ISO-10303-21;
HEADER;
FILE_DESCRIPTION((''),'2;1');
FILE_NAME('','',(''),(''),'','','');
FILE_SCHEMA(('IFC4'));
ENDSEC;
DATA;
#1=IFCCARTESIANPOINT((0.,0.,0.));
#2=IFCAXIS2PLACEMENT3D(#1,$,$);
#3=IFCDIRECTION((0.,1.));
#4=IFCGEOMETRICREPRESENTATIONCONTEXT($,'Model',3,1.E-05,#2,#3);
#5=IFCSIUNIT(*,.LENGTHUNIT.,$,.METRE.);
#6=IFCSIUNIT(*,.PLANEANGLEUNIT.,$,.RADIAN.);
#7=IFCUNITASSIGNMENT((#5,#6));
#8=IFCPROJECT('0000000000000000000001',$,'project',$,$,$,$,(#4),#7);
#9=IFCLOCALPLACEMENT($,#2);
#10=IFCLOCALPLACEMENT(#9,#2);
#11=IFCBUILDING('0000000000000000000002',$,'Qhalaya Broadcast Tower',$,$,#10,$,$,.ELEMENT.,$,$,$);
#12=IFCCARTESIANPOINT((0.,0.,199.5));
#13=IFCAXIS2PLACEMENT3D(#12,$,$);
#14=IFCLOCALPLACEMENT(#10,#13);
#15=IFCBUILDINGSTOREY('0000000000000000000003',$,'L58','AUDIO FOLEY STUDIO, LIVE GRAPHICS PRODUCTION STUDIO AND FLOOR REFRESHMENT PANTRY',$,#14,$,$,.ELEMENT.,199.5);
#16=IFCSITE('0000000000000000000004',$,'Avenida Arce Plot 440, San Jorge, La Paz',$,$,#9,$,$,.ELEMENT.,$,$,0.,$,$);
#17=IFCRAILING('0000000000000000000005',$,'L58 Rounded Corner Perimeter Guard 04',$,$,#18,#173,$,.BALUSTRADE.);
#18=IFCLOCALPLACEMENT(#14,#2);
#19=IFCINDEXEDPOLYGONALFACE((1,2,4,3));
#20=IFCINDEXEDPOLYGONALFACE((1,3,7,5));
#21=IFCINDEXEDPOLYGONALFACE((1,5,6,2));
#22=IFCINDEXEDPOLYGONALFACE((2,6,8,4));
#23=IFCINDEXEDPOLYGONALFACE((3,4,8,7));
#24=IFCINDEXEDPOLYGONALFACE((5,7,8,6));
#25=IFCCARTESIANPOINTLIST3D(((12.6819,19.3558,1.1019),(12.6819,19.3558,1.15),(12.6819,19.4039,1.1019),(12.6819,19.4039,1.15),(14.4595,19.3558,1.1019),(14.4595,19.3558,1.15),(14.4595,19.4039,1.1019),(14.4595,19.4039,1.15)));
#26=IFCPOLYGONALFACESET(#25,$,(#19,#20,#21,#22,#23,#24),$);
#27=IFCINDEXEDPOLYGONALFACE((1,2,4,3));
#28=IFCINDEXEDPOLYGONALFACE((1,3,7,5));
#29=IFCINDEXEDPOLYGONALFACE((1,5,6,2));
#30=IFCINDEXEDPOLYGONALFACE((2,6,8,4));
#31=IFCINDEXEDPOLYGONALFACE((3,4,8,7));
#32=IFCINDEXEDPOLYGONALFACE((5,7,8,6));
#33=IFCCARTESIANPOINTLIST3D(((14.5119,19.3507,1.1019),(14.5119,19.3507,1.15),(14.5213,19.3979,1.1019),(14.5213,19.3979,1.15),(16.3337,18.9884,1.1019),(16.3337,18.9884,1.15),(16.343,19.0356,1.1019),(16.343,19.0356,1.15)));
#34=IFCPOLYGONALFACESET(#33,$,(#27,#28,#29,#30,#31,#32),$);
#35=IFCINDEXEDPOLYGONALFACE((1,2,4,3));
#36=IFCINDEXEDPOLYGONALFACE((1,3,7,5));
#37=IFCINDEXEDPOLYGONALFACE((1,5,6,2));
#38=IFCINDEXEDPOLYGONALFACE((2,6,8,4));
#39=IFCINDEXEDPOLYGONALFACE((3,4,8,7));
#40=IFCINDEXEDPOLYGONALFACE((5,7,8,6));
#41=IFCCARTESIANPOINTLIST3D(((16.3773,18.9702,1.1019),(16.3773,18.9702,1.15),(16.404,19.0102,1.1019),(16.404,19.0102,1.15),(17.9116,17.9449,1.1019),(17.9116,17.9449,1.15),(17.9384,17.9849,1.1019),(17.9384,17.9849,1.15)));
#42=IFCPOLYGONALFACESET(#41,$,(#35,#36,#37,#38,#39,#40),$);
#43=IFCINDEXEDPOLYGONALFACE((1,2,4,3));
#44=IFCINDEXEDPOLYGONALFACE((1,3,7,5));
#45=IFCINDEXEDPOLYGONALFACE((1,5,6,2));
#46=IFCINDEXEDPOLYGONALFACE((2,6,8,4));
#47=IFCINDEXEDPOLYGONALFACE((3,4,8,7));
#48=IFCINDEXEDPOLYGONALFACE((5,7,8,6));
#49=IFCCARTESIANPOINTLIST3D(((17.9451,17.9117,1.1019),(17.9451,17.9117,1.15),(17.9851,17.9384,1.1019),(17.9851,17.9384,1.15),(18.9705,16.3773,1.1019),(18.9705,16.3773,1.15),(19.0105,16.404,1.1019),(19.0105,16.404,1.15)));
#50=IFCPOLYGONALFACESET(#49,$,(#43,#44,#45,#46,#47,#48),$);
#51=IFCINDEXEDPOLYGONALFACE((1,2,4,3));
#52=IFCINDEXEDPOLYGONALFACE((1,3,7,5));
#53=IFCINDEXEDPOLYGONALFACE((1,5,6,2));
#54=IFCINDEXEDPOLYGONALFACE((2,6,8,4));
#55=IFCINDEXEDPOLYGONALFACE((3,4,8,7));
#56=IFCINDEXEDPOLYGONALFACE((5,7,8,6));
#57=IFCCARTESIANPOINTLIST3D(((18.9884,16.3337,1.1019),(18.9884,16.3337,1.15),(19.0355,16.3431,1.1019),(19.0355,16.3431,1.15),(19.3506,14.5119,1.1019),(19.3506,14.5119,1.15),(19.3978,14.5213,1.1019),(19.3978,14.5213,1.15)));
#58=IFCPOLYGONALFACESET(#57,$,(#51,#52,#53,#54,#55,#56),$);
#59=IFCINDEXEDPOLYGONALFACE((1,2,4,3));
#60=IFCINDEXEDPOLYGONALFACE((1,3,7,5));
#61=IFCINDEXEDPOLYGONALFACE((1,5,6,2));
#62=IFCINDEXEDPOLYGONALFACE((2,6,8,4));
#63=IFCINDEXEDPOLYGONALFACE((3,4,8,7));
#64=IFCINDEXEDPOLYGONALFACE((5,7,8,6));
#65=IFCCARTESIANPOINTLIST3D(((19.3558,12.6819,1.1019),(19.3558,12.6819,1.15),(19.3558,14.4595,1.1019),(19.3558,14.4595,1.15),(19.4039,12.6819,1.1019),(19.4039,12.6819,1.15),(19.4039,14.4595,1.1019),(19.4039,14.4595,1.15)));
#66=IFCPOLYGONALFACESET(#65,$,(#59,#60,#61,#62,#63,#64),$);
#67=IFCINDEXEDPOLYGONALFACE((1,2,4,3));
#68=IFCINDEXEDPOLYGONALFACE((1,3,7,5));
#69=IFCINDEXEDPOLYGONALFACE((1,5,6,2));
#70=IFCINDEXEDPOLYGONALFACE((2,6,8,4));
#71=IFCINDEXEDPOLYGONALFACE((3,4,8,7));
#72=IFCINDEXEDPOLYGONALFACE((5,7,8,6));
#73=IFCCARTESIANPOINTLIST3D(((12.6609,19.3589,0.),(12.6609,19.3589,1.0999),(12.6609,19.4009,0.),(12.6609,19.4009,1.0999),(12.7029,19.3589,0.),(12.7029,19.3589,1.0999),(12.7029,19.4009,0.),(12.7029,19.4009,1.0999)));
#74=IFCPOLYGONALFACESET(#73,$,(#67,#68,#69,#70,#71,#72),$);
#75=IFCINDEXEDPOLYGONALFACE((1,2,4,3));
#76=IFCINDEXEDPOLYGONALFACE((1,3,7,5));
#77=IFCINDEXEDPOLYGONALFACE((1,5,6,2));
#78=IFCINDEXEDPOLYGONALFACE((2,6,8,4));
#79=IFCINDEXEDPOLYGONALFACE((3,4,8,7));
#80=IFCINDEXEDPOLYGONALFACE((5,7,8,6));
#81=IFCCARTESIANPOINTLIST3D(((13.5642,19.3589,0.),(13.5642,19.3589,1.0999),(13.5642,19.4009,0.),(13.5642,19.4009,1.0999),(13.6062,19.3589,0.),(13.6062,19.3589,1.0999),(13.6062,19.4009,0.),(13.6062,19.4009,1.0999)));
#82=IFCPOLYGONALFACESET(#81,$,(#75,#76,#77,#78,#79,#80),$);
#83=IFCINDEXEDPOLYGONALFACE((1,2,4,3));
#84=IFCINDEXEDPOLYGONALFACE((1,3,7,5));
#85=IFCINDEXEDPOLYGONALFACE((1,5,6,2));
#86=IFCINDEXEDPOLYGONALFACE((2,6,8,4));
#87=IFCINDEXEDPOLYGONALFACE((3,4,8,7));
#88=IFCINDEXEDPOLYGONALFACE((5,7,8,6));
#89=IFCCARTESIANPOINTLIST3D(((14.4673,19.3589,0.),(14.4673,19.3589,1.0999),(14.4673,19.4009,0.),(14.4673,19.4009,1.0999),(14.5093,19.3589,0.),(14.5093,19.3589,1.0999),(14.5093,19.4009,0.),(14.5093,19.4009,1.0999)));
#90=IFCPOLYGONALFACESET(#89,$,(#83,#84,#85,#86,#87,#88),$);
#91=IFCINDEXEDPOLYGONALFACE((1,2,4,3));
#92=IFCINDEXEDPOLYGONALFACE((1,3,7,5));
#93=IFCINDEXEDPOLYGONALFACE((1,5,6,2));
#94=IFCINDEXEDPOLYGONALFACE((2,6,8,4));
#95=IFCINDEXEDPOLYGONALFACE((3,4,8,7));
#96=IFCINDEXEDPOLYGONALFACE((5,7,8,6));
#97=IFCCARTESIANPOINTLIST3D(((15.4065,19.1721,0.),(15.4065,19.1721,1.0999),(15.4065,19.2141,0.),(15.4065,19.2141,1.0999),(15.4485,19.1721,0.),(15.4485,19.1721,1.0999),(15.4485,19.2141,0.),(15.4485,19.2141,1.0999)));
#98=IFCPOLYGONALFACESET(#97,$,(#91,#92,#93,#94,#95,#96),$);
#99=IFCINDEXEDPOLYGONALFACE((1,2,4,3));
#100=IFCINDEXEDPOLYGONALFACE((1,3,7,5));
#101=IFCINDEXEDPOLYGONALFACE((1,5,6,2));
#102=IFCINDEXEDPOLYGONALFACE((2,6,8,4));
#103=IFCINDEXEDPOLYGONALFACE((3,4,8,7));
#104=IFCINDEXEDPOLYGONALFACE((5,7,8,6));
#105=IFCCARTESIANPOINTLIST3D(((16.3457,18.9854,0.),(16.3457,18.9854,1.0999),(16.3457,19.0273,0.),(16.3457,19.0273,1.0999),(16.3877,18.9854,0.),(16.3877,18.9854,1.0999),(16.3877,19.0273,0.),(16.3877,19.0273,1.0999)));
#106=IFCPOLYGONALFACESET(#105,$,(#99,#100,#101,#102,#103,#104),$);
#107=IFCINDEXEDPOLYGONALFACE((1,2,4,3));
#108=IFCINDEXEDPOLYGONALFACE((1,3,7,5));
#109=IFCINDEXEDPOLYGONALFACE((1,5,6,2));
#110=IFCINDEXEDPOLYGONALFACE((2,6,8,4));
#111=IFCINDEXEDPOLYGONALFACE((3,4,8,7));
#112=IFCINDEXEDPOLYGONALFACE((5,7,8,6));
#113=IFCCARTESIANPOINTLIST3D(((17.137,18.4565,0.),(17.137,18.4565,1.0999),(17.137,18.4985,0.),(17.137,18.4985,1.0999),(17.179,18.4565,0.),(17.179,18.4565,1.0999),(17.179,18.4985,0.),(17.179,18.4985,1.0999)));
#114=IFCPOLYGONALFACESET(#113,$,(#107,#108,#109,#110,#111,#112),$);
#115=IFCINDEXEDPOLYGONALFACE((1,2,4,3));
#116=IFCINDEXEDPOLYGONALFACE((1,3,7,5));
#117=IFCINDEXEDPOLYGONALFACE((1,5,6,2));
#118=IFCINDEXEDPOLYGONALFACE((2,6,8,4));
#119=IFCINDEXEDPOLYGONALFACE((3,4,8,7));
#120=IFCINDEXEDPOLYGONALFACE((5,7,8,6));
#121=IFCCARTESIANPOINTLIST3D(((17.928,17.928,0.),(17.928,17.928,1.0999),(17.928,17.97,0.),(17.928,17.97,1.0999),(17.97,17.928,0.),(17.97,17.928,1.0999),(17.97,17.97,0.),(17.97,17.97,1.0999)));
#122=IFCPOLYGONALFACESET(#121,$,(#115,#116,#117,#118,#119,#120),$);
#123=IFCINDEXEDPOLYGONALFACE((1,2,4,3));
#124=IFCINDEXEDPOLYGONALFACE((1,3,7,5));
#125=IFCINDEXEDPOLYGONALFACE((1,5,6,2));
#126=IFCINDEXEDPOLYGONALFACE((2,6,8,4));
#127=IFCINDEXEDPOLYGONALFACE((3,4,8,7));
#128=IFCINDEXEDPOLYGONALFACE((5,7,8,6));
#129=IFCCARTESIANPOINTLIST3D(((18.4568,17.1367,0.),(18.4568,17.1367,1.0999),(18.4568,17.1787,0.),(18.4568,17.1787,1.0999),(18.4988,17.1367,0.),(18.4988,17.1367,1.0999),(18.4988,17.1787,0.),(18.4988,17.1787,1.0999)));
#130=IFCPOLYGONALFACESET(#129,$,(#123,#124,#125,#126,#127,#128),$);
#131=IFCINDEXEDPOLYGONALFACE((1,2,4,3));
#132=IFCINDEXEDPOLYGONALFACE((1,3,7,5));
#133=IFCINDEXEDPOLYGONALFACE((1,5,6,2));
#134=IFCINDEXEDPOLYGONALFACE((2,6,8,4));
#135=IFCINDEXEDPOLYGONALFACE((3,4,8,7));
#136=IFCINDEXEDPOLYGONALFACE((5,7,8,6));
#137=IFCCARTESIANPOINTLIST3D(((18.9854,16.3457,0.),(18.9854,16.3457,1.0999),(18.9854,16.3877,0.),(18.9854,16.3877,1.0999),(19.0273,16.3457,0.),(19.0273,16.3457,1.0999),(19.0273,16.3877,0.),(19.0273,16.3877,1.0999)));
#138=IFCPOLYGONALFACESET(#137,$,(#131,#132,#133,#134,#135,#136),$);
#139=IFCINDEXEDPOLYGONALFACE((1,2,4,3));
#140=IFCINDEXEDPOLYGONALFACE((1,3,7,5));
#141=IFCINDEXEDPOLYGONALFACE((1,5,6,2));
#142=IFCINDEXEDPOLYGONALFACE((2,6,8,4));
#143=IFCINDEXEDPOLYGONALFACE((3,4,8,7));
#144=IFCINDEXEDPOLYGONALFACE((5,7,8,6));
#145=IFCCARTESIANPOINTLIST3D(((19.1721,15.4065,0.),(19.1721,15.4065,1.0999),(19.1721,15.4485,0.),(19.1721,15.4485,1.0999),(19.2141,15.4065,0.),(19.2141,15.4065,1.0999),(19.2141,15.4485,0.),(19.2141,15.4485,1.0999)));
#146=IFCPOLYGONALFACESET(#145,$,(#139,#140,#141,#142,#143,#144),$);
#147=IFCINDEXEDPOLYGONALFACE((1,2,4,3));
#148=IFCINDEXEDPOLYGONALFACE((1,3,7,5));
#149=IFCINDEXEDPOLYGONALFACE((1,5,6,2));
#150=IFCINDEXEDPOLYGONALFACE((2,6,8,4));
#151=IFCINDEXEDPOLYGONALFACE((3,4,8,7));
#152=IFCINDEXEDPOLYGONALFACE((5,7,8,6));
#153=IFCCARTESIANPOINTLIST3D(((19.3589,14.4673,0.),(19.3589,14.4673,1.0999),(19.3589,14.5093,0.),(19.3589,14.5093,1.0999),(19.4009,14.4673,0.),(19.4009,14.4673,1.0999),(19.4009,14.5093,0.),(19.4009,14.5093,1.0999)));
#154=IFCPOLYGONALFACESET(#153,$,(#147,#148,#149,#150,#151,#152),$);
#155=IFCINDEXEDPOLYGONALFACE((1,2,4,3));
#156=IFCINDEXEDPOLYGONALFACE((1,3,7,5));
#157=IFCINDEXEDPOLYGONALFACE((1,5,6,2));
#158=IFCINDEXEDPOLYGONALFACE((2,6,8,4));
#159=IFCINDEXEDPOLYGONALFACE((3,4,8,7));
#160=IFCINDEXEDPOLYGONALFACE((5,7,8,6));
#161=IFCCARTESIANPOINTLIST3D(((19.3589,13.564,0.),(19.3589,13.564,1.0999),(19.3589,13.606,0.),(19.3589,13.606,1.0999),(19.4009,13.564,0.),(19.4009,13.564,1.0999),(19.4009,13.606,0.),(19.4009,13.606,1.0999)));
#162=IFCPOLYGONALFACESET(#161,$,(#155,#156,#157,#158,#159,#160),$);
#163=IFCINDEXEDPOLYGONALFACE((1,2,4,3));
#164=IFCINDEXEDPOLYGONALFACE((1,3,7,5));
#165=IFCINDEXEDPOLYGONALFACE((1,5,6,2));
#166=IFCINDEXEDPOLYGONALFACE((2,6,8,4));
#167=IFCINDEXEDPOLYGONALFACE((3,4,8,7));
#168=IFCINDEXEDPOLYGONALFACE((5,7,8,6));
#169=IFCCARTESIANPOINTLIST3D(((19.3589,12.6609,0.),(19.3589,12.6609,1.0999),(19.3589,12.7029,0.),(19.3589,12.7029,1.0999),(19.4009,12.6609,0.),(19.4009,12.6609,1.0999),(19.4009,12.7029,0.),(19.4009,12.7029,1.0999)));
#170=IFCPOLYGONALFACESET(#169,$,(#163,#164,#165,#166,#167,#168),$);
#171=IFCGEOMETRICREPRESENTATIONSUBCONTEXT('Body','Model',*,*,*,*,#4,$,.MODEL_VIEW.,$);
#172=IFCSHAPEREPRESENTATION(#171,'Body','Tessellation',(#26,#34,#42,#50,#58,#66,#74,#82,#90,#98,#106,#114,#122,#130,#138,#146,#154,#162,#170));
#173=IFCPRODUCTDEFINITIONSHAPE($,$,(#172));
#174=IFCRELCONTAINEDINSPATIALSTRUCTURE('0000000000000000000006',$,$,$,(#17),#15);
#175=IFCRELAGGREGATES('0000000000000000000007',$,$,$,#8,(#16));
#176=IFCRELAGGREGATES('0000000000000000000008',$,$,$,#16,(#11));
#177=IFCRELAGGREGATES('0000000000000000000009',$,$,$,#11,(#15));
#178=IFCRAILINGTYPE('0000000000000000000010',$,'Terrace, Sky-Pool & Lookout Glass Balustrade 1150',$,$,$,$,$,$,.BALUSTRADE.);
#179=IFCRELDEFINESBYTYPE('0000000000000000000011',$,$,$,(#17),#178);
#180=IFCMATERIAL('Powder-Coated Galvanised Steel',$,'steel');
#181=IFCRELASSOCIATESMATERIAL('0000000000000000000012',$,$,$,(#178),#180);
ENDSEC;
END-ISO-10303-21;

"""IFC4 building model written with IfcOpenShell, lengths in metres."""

from ifc_helpers import new_model, si_unit, direction, frame, origin, origin_2d, place, context, subcontext, project, spatial, rectangle, extrude, material, type_object, element, save


model = new_model("IFC4")

# Units and contexts
model_context = context("Model", 3, precision=1e-05, world=origin(), true_north=direction((0.0, 1.0)))
body_context = subcontext(model_context, "Body", "Model", "MODEL_VIEW")
ifc_project = project(units=[si_unit("LENGTHUNIT", "METRE"), si_unit("PLANEANGLEUNIT", "RADIAN")], contexts=[model_context])

# Site, building, storey
site_placement = place(None, origin())
site = spatial("IfcSite", under=ifc_project, at=site_placement, Name="Avenida Arce Plot 440, San Jorge, La Paz", CompositionType="ELEMENT", RefElevation=0.0)
building_placement = place(site_placement, origin())
building = spatial("IfcBuilding", under=site, at=building_placement, Name="Qhalaya Broadcast Tower", CompositionType="ELEMENT")
storey_placement = place(building_placement, frame((0.0, 0.0, 199.5)))
storey = spatial("IfcBuildingStorey", under=building, at=storey_placement, Name="L58", Description="AUDIO FOLEY STUDIO, LIVE GRAPHICS PRODUCTION STUDIO AND FLOOR REFRESHMENT PANTRY", CompositionType="ELEMENT", Elevation=199.5)

# Railing
ifc_material_1 = material(Name="Powder-Coated Galvanised Steel", Category="steel")
railing_type = type_object("IfcRailingType", Name="Terrace, Sky-Pool & Lookout Glass Balustrade 1150", PredefinedType="BALUSTRADE", material=ifc_material_1)
railing_placement = place(storey_placement, frame((12.6819, 19.3799, 0.0)))
element("IfcRailing", 1, at=railing_placement, inside=storey, type_object=railing_type, Name="L58 Rounded Corner Perimeter Guard 04", PredefinedType="BALUSTRADE", context=body_context, shape_type="SweptSolid", body=[
    extrude(rectangle(XDim=0.0481, YDim=0.0481, at=origin_2d()), frame((0.0, 0.0, 1.126), z_axis=(1.0, 0.0, 0.0), x_axis=(0.0, 1.0, 0.0)), (0.0, 0.0, 1.0), 1.7776),
    extrude(rectangle(XDim=0.0481, YDim=0.0481, at=origin_2d()), frame((1.8347, -0.0056, 1.126), z_axis=(0.980796, -0.195037, 0.0), x_axis=(0.195037, 0.980796, 0.0)), (0.0, 0.0, 1.0), 1.8574),
    extrude(rectangle(XDim=0.0481, YDim=0.0481, at=origin_2d()), frame((3.7087, -0.3896, 1.126), z_axis=(0.831438, -0.555618, 0.0), x_axis=(0.555618, 0.831438, 0.0)), (0.0, 0.0, 1.0), 1.8455),
    extrude(rectangle(XDim=0.0481, YDim=0.0481, at=origin_2d()), frame((5.2832, -1.4548, 1.126), z_axis=(0.555618, -0.831438, 0.0), x_axis=(0.831438, 0.555618, 0.0)), (0.0, 0.0, 1.0), 1.8455),
    extrude(rectangle(XDim=0.0481, YDim=0.0481, at=origin_2d()), frame((6.3301, -3.0415, 1.126), z_axis=(0.195037, -0.980796, 0.0), x_axis=(0.980796, 0.195037, 0.0)), (0.0, 0.0, 1.0), 1.8574),
    extrude(rectangle(XDim=0.0481, YDim=0.0481, at=origin_2d()), frame((6.698, -4.9204, 1.126), z_axis=(0.0, -1.0, 0.0), x_axis=(1.0, 0.0, 0.0)), (0.0, 0.0, 1.0), 1.7776),
    extrude(rectangle(XDim=0.042, YDim=0.042, at=origin_2d()), origin(), (0.0, 0.0, 1.0), 1.0999),
    extrude(rectangle(XDim=0.042, YDim=0.042, at=origin_2d()), frame((0.9033, 0.0, 0.0)), (0.0, 0.0, 1.0), 1.0999),
    extrude(rectangle(XDim=0.042, YDim=0.042, at=origin_2d()), frame((1.8064, 0.0, 0.0)), (0.0, 0.0, 1.0), 1.0999),
    extrude(rectangle(XDim=0.042, YDim=0.042, at=origin_2d()), frame((2.7456, -0.1868, 0.0)), (0.0, 0.0, 1.0), 1.0999),
    extrude(rectangle(XDim=0.042, YDim=0.042, at=origin_2d()), frame((3.6848, -0.3735, 0.0)), (0.0, 0.0, 1.0), 1.0999),
    extrude(rectangle(XDim=0.042, YDim=0.042, at=origin_2d()), frame((4.4761, -0.9023, 0.0)), (0.0, 0.0, 1.0), 1.0999),
    extrude(rectangle(XDim=0.042, YDim=0.042, at=origin_2d()), frame((5.2671, -1.4309, 0.0)), (0.0, 0.0, 1.0), 1.0999),
    extrude(rectangle(XDim=0.042, YDim=0.042, at=origin_2d()), frame((5.7959, -2.2222, 0.0)), (0.0, 0.0, 1.0), 1.0999),
    extrude(rectangle(XDim=0.042, YDim=0.042, at=origin_2d()), frame((6.3245, -3.0132, 0.0)), (0.0, 0.0, 1.0), 1.0999),
    extrude(rectangle(XDim=0.042, YDim=0.042, at=origin_2d()), frame((6.5112, -3.9524, 0.0)), (0.0, 0.0, 1.0), 1.0999),
    extrude(rectangle(XDim=0.042, YDim=0.042, at=origin_2d()), frame((6.698, -4.8916, 0.0)), (0.0, 0.0, 1.0), 1.0999),
    extrude(rectangle(XDim=0.042, YDim=0.042, at=origin_2d()), frame((6.698, -5.7949, 0.0)), (0.0, 0.0, 1.0), 1.0999),
    extrude(rectangle(XDim=0.042, YDim=0.042, at=origin_2d()), frame((6.698, -6.698, 0.0)), (0.0, 0.0, 1.0), 1.0999),
])

save(model, "model.ifc")
